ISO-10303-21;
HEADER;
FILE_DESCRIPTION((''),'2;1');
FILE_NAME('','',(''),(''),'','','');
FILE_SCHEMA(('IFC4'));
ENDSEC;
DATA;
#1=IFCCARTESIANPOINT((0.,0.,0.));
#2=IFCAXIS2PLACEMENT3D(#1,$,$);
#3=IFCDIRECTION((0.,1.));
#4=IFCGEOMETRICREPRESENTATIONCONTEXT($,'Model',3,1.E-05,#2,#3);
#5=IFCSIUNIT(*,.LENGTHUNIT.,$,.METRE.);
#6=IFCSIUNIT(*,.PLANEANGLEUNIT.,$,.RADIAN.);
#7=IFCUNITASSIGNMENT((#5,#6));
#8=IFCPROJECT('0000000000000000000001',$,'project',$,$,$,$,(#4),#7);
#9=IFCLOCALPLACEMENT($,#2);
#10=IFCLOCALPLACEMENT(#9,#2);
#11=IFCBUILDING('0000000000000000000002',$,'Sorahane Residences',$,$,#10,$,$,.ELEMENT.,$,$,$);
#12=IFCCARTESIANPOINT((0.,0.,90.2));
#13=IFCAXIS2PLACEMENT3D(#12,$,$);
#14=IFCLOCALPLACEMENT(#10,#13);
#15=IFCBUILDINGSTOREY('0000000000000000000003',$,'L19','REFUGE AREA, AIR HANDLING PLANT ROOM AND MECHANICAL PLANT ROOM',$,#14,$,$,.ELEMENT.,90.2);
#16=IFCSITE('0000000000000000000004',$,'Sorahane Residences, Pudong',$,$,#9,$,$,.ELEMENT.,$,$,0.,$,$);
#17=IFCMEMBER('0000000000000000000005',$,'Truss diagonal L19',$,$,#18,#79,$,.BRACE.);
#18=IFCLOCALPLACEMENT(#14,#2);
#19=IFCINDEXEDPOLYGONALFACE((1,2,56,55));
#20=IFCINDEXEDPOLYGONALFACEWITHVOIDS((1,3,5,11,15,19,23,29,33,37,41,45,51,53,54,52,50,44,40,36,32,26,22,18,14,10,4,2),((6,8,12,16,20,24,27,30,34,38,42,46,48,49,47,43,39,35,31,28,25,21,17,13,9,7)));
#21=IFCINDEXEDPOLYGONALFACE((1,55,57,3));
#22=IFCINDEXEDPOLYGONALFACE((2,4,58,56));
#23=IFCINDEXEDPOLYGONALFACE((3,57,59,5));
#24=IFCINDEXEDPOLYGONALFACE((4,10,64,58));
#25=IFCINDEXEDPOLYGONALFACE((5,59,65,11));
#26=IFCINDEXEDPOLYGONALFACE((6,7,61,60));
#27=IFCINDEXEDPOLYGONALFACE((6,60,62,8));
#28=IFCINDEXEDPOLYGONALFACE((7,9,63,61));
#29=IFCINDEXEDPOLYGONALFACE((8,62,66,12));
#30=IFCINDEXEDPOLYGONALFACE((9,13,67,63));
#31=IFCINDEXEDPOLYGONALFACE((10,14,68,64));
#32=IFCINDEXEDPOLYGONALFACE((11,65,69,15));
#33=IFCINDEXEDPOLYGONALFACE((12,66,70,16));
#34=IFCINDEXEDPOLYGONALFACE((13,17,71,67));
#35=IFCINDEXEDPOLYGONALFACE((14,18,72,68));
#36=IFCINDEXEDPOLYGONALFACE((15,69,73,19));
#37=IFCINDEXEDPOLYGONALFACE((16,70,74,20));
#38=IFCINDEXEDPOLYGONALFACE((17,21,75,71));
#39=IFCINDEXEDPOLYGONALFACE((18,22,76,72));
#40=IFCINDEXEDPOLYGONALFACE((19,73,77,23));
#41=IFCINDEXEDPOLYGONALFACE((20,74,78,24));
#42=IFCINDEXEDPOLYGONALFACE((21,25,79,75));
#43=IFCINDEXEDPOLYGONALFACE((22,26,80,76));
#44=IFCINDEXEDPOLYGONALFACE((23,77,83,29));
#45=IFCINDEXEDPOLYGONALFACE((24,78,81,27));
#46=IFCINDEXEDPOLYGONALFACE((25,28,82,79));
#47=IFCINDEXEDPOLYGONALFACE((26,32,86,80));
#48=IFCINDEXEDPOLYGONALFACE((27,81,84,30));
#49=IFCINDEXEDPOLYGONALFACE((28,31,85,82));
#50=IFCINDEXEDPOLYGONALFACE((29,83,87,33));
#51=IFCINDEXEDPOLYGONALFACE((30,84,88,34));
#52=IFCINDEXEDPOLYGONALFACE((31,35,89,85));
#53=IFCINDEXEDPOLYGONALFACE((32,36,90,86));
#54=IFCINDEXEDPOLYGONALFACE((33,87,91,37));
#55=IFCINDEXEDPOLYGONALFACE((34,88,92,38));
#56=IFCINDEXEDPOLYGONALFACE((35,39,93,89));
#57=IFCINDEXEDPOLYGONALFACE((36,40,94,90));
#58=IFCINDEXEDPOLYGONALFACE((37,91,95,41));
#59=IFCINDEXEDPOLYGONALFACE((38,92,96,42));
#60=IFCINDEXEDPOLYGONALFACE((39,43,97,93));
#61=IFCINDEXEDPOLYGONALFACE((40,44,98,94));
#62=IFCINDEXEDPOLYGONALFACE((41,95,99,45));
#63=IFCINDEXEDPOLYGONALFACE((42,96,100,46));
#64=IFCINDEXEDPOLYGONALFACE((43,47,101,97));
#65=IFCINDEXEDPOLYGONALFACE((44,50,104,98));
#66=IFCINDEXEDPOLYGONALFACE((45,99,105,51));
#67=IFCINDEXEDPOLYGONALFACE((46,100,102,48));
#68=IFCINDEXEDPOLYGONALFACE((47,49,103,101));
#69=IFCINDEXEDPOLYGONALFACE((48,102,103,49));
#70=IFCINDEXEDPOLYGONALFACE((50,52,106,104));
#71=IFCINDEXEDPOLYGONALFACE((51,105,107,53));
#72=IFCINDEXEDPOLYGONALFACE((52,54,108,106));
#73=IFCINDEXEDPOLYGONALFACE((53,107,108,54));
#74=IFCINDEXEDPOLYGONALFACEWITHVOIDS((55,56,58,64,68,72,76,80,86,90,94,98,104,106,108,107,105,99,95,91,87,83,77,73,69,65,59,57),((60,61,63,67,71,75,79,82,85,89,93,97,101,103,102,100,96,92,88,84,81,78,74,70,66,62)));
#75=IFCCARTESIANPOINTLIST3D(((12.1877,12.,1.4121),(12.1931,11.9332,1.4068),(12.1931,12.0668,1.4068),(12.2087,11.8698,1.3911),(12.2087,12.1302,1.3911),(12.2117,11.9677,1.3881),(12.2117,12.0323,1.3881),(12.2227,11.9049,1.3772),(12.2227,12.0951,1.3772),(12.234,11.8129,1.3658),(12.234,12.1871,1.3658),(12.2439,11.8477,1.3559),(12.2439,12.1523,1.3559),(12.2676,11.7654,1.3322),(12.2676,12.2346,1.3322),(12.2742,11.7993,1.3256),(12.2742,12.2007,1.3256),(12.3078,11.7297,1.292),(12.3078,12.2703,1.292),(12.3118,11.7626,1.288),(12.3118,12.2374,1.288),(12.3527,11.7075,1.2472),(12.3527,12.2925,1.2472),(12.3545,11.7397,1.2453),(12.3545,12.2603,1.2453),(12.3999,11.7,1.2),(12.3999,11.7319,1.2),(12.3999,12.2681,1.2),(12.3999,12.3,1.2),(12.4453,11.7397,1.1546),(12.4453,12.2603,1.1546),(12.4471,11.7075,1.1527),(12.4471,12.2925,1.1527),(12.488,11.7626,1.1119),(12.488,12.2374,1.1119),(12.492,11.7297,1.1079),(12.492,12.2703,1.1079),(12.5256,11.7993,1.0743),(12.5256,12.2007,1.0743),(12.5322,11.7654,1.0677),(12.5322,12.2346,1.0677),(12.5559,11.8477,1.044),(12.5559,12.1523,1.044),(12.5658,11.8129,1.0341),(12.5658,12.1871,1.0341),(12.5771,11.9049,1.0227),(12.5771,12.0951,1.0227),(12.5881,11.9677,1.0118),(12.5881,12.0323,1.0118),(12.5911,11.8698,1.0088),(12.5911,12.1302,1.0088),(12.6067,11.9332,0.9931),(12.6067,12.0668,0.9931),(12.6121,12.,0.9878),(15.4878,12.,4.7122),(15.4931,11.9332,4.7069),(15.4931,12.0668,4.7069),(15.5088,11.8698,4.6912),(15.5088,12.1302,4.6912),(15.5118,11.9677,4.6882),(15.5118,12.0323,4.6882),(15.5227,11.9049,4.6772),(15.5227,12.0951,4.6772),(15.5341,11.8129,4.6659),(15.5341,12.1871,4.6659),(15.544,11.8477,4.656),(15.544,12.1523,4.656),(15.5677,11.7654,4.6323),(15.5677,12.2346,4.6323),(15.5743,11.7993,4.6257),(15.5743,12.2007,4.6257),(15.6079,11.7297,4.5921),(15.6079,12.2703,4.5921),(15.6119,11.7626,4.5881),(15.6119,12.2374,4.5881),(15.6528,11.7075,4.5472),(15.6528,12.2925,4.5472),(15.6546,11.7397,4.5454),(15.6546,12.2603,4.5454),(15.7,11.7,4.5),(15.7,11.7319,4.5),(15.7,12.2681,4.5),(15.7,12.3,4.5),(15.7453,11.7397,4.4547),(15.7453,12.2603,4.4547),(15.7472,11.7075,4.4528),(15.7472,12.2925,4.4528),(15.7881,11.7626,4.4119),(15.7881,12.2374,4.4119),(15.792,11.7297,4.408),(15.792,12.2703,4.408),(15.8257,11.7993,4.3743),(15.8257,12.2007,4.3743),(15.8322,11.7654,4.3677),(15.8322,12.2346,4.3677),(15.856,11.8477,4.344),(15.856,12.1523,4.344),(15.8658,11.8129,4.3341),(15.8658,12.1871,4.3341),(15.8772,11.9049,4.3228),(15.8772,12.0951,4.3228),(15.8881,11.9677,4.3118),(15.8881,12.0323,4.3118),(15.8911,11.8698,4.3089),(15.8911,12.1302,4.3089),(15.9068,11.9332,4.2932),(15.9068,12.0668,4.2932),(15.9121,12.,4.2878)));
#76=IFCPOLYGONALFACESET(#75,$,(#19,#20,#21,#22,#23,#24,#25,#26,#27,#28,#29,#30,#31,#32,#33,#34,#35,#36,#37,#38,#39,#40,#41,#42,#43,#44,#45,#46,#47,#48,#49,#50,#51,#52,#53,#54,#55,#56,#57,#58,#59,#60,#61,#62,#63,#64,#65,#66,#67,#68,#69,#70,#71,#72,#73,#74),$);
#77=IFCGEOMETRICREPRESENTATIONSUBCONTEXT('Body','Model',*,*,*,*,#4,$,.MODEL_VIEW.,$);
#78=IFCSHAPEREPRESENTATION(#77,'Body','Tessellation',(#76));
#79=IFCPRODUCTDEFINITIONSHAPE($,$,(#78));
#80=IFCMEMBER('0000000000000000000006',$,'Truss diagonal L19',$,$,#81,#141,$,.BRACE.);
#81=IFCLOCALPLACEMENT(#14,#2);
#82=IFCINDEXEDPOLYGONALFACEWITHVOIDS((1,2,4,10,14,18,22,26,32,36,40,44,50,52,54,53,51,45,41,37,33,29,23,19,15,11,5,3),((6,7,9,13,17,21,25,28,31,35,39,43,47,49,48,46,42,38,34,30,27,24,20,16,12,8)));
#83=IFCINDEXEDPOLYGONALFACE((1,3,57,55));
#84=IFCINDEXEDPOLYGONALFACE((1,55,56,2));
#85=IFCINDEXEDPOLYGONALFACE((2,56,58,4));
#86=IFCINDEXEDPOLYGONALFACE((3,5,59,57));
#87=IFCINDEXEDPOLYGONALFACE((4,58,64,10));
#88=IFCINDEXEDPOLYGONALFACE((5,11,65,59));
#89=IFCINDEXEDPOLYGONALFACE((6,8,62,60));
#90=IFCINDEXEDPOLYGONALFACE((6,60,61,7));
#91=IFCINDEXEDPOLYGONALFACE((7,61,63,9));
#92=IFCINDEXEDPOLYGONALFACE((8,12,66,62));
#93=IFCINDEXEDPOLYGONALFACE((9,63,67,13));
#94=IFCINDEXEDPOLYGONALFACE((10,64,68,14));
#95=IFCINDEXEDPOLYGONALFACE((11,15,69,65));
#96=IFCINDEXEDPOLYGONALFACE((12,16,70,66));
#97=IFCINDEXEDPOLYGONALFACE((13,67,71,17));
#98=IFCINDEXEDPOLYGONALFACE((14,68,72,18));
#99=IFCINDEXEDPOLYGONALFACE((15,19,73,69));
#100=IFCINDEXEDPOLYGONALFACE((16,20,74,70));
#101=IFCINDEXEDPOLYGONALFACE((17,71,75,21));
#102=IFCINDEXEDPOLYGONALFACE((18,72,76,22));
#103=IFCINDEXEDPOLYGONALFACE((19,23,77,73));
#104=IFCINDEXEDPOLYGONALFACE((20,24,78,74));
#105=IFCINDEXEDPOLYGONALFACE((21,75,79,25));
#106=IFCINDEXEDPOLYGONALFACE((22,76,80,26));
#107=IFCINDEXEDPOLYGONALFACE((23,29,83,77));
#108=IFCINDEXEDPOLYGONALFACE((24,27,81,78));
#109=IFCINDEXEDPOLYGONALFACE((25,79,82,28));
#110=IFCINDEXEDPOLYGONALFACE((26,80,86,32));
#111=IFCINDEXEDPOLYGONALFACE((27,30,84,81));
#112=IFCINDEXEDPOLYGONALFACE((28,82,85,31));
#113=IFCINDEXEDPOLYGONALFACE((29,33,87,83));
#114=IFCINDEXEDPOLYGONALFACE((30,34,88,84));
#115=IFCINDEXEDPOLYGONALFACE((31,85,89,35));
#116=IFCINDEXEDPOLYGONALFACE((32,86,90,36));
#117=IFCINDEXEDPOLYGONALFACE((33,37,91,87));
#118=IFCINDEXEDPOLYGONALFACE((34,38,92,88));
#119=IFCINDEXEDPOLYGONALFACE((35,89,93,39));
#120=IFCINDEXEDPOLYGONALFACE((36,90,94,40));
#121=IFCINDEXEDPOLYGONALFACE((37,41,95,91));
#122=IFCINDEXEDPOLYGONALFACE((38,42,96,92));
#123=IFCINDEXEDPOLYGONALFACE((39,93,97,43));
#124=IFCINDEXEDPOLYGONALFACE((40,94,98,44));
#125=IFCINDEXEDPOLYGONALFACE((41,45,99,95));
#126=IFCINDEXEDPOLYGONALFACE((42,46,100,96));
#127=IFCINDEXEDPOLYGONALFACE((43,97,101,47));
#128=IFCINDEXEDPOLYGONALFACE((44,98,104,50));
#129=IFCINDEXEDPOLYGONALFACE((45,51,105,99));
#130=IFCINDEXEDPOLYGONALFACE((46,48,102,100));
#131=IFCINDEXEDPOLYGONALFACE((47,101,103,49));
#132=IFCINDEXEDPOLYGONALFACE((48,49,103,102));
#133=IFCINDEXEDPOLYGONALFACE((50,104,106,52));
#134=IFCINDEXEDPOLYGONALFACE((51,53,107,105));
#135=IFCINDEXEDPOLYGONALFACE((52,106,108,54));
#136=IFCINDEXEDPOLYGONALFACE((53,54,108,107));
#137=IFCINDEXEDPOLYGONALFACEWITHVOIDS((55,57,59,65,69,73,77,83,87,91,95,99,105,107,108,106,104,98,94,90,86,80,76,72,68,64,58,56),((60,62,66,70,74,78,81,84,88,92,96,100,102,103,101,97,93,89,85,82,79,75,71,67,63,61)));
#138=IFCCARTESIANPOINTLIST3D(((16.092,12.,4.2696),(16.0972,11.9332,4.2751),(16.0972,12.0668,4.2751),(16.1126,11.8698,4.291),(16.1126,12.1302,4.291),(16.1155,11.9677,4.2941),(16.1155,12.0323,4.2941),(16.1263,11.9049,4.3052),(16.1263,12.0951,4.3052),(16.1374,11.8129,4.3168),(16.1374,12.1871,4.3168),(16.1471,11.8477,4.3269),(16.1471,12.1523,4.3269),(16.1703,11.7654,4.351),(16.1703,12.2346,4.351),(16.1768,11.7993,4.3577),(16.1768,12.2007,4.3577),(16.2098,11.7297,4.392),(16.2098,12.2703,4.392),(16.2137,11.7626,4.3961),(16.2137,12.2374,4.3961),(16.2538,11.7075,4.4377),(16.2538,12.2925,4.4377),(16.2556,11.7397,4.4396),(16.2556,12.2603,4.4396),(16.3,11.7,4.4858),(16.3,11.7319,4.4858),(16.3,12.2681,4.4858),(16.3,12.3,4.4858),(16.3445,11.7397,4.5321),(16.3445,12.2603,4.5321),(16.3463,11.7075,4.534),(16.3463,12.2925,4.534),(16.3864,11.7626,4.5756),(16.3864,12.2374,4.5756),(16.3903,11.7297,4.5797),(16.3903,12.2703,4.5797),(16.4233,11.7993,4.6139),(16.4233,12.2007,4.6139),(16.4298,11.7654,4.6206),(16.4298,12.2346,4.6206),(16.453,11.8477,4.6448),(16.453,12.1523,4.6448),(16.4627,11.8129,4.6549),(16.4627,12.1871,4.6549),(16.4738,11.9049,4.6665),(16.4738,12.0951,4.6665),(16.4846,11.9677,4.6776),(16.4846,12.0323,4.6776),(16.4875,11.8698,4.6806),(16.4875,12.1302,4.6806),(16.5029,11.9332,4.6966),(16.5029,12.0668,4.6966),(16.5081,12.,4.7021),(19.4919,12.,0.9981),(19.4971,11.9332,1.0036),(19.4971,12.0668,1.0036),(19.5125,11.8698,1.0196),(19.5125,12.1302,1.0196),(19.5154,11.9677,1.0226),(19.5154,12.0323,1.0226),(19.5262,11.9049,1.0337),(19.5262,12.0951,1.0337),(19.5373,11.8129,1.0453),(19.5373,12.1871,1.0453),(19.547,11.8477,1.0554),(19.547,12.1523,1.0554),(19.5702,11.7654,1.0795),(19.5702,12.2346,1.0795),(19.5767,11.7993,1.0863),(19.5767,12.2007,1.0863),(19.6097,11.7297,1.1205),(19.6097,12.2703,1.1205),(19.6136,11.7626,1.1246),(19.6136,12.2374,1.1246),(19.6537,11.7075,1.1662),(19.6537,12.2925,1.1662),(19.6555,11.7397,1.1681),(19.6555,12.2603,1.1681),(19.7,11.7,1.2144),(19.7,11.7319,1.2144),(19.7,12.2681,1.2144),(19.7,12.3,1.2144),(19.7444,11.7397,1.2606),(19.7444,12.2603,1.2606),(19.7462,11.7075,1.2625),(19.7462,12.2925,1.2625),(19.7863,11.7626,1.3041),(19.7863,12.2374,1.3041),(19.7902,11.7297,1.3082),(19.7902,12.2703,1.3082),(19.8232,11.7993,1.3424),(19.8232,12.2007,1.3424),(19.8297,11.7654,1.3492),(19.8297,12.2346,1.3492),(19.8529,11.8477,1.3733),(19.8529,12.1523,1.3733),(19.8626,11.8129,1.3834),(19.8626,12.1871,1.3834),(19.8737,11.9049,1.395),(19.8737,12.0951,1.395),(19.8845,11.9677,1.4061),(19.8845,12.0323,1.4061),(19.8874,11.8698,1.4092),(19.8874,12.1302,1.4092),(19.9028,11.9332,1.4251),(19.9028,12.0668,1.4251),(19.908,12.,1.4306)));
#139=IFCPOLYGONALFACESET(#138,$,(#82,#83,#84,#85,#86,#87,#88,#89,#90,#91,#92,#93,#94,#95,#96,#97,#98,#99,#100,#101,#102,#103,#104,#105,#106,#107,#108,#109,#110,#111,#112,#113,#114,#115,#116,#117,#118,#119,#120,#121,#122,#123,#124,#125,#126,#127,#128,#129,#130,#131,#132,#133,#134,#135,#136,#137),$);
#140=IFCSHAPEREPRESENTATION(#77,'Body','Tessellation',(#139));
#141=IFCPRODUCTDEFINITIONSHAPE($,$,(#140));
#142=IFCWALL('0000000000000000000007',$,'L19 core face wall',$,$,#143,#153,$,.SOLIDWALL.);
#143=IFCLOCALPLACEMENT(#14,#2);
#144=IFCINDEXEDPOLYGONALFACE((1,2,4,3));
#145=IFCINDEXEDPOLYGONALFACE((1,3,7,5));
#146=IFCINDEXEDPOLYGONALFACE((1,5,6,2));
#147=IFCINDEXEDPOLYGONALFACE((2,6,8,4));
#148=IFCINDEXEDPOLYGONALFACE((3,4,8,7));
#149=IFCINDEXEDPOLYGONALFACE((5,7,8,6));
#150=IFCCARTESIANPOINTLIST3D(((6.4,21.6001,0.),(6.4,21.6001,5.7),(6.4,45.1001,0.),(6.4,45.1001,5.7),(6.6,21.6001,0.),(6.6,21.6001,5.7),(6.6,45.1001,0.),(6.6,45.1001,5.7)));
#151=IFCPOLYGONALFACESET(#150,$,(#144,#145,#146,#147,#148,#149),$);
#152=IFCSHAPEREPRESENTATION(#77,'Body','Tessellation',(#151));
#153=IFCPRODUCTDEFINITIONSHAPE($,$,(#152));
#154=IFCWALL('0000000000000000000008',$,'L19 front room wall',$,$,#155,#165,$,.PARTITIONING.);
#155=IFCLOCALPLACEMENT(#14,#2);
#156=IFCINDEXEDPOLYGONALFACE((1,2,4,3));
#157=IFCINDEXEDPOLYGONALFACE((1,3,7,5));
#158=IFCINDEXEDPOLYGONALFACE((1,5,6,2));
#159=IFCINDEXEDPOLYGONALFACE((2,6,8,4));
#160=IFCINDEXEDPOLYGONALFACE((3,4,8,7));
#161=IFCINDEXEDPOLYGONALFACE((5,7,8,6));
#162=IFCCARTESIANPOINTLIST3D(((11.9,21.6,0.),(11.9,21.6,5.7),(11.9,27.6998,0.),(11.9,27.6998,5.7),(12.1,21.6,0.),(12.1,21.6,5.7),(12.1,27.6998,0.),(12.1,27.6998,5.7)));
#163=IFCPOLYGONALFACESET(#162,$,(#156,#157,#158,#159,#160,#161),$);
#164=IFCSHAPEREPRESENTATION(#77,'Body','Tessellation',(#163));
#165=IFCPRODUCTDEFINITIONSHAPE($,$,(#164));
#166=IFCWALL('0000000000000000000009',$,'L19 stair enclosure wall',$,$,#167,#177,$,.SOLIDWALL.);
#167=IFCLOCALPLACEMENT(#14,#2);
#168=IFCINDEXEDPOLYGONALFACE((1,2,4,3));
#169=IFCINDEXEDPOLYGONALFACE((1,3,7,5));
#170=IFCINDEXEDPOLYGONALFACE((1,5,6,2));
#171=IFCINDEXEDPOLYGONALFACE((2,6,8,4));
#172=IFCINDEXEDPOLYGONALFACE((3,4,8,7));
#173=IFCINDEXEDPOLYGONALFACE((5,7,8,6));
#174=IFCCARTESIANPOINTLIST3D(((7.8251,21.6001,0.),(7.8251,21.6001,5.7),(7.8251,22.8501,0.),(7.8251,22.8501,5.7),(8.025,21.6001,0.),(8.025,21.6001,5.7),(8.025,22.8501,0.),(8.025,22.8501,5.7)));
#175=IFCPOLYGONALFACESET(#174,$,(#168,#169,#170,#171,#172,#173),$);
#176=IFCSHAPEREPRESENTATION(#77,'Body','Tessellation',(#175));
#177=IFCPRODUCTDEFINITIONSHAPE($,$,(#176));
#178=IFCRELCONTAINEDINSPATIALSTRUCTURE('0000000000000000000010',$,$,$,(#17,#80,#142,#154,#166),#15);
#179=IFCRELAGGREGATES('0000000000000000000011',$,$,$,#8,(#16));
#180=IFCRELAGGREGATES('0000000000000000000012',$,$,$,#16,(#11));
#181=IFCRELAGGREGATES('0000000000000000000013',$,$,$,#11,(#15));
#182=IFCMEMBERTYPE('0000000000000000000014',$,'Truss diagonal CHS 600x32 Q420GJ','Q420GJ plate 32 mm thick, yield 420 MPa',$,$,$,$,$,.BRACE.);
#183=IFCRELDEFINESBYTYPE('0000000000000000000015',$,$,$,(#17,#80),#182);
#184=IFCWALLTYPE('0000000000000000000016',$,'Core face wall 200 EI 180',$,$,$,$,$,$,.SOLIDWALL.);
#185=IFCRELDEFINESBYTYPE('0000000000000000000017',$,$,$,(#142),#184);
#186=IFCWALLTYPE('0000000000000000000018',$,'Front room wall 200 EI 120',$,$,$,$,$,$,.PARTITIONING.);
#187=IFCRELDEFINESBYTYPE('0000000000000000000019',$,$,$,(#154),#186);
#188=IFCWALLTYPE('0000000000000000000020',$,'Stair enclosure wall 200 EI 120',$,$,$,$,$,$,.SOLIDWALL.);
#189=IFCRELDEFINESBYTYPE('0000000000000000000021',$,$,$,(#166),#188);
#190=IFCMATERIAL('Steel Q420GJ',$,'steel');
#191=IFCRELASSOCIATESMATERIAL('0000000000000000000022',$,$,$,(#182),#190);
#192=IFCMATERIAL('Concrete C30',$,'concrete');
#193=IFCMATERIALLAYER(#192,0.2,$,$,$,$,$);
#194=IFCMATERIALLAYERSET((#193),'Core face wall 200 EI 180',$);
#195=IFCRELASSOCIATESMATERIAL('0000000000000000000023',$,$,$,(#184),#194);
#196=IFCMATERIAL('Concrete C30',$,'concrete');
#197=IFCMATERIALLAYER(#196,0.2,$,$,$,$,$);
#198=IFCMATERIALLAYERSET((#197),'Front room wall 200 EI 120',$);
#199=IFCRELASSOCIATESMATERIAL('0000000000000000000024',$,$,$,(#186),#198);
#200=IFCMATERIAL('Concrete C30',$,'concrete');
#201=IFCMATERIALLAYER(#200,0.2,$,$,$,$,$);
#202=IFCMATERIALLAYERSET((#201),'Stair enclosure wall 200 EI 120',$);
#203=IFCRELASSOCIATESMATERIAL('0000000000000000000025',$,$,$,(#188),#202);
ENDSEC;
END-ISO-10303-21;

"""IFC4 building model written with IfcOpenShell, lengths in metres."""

from ifc_helpers import new_model, si_unit, direction, frame, frame_2d, origin, origin_2d, place, context, subcontext, project, spatial, rectangle, hollow_circle, extrude, material, layer, layer_set, material_profile, profile_set, type_object, element, save


model = new_model("IFC4")

# Units and contexts
model_context = context("Model", 3, precision=1e-05, world=origin(), true_north=direction((0.0, 1.0)))
body_context = subcontext(model_context, "Body", "Model", "MODEL_VIEW")
ifc_project = project(units=[si_unit("LENGTHUNIT", "METRE"), si_unit("PLANEANGLEUNIT", "RADIAN")], contexts=[model_context])

# Site, building, storey
site_placement = place(None, origin())
site = spatial("IfcSite", under=ifc_project, at=site_placement, Name="Sorahane Residences, Pudong", CompositionType="ELEMENT", RefElevation=0.0)
building_placement = place(site_placement, origin())
building = spatial("IfcBuilding", under=site, at=building_placement, Name="Sorahane Residences", CompositionType="ELEMENT")
storey_placement = place(building_placement, frame((0.0, 0.0, 90.2)))
storey = spatial("IfcBuildingStorey", under=building, at=storey_placement, Name="L19", Description="REFUGE AREA, AIR HANDLING PLANT ROOM AND MECHANICAL PLANT ROOM", CompositionType="ELEMENT", Elevation=90.2)

# Members
ifc_material_1 = material(Name="Steel Q420GJ", Category="steel")
ifc_material_profile_1 = material_profile(ifc_material_1, hollow_circle(Radius=0.3, WallThickness=0.032, at=origin_2d()), Name="CHS 600x32")
ifc_profile_set_1 = profile_set([ifc_material_profile_1], Name="Steel Q420GJ")
member_type = type_object("IfcMemberType", Name="Truss diagonal CHS 600x32 Q420GJ", Description="Q420GJ plate 32 mm thick, yield 420 MPa", PredefinedType="BRACE", material=ifc_profile_set_1)
for number, where, z_axis, x_axis, name in (
    (1, (12.3999, 12.0, 1.2), (0.707107, 0.0, 0.707107), (0.0, 1.0, 0.0), "Truss diagonal L19"),
):
    element("IfcMember", number, at=place(storey_placement, frame(where, z_axis=z_axis, x_axis=x_axis)), inside=storey, type_object=member_type, Name=name, PredefinedType="BRACE", context=body_context, shape_type="SweptSolid", body=[
        extrude(hollow_circle(Radius=0.3, WallThickness=0.032, at=origin_2d()), origin(), (0.0, 0.0, 1.0), 4.667),
    ])
member_placement = place(storey_placement, frame((16.3, 12.0, 4.4858), z_axis=(0.720584, 0.0, -0.693367), x_axis=(0.0, 1.0, 0.0)))
element("IfcMember", 2, at=member_placement, inside=storey, type_object=member_type, Name="Truss diagonal L19", PredefinedType="BRACE", context=body_context, shape_type="SweptSolid", body=[
    extrude(hollow_circle(Radius=0.3, WallThickness=0.032, at=origin_2d()), origin(), (0.0, 0.0, 1.0), 4.7183),
])

# Walls
ifc_material_2 = material(Name="Concrete C30", Category="concrete")
ifc_layer_1 = layer(ifc_material_2, 0.2)
ifc_layer_set_1 = layer_set([ifc_layer_1], Name="Core face wall 200 EI 180")
wall_type_1 = type_object("IfcWallType", Name="Core face wall 200 EI 180", PredefinedType="SOLIDWALL", material=ifc_layer_set_1)
wall_1_placement = place(storey_placement, frame((6.5, 21.6001, 0.0), z_axis=(0.0, 0.0, 1.0), x_axis=(0.0, 1.0, 0.0)))
element("IfcWall", 3, at=wall_1_placement, inside=storey, type_object=wall_type_1, Name="L19 core face wall", PredefinedType="SOLIDWALL", context=body_context, shape_type="SweptSolid", body=[
    extrude(rectangle(XDim=23.5, YDim=0.2, at=frame_2d((11.75, 0.0))), origin(), (0.0, 0.0, 1.0), 5.7),
])
ifc_material_3 = material(Name="Concrete C30", Category="concrete")
ifc_layer_2 = layer(ifc_material_3, 0.2)
ifc_layer_set_2 = layer_set([ifc_layer_2], Name="Front room wall 200 EI 120")
wall_type_2 = type_object("IfcWallType", Name="Front room wall 200 EI 120", PredefinedType="PARTITIONING", material=ifc_layer_set_2)
wall_2_placement = place(storey_placement, frame((12.0, 21.6001, 0.0), z_axis=(0.0, 0.0, 1.0), x_axis=(0.0, 1.0, 0.0)))
element("IfcWall", 4, at=wall_2_placement, inside=storey, type_object=wall_type_2, Name="L19 front room wall", PredefinedType="PARTITIONING", context=body_context, shape_type="SweptSolid", body=[
    extrude(rectangle(XDim=6.0999, YDim=0.2, at=frame_2d((3.0498, 0.0))), origin(), (0.0, 0.0, 1.0), 5.7),
])
ifc_material_4 = material(Name="Concrete C30", Category="concrete")
ifc_layer_3 = layer(ifc_material_4, 0.2)
ifc_layer_set_3 = layer_set([ifc_layer_3], Name="Stair enclosure wall 200 EI 120")
wall_type_3 = type_object("IfcWallType", Name="Stair enclosure wall 200 EI 120", PredefinedType="SOLIDWALL", material=ifc_layer_set_3)
wall_3_placement = place(storey_placement, frame((7.925, 21.6001, 0.0), z_axis=(0.0, 0.0, 1.0), x_axis=(0.0, 1.0, 0.0)))
element("IfcWall", 5, at=wall_3_placement, inside=storey, type_object=wall_type_3, Name="L19 stair enclosure wall", PredefinedType="SOLIDWALL", context=body_context, shape_type="SweptSolid", body=[
    extrude(rectangle(XDim=1.25, YDim=0.2, at=frame_2d((0.625, 0.0))), origin(), (0.0, 0.0, 1.0), 5.7),
])

save(model, "model.ifc")
